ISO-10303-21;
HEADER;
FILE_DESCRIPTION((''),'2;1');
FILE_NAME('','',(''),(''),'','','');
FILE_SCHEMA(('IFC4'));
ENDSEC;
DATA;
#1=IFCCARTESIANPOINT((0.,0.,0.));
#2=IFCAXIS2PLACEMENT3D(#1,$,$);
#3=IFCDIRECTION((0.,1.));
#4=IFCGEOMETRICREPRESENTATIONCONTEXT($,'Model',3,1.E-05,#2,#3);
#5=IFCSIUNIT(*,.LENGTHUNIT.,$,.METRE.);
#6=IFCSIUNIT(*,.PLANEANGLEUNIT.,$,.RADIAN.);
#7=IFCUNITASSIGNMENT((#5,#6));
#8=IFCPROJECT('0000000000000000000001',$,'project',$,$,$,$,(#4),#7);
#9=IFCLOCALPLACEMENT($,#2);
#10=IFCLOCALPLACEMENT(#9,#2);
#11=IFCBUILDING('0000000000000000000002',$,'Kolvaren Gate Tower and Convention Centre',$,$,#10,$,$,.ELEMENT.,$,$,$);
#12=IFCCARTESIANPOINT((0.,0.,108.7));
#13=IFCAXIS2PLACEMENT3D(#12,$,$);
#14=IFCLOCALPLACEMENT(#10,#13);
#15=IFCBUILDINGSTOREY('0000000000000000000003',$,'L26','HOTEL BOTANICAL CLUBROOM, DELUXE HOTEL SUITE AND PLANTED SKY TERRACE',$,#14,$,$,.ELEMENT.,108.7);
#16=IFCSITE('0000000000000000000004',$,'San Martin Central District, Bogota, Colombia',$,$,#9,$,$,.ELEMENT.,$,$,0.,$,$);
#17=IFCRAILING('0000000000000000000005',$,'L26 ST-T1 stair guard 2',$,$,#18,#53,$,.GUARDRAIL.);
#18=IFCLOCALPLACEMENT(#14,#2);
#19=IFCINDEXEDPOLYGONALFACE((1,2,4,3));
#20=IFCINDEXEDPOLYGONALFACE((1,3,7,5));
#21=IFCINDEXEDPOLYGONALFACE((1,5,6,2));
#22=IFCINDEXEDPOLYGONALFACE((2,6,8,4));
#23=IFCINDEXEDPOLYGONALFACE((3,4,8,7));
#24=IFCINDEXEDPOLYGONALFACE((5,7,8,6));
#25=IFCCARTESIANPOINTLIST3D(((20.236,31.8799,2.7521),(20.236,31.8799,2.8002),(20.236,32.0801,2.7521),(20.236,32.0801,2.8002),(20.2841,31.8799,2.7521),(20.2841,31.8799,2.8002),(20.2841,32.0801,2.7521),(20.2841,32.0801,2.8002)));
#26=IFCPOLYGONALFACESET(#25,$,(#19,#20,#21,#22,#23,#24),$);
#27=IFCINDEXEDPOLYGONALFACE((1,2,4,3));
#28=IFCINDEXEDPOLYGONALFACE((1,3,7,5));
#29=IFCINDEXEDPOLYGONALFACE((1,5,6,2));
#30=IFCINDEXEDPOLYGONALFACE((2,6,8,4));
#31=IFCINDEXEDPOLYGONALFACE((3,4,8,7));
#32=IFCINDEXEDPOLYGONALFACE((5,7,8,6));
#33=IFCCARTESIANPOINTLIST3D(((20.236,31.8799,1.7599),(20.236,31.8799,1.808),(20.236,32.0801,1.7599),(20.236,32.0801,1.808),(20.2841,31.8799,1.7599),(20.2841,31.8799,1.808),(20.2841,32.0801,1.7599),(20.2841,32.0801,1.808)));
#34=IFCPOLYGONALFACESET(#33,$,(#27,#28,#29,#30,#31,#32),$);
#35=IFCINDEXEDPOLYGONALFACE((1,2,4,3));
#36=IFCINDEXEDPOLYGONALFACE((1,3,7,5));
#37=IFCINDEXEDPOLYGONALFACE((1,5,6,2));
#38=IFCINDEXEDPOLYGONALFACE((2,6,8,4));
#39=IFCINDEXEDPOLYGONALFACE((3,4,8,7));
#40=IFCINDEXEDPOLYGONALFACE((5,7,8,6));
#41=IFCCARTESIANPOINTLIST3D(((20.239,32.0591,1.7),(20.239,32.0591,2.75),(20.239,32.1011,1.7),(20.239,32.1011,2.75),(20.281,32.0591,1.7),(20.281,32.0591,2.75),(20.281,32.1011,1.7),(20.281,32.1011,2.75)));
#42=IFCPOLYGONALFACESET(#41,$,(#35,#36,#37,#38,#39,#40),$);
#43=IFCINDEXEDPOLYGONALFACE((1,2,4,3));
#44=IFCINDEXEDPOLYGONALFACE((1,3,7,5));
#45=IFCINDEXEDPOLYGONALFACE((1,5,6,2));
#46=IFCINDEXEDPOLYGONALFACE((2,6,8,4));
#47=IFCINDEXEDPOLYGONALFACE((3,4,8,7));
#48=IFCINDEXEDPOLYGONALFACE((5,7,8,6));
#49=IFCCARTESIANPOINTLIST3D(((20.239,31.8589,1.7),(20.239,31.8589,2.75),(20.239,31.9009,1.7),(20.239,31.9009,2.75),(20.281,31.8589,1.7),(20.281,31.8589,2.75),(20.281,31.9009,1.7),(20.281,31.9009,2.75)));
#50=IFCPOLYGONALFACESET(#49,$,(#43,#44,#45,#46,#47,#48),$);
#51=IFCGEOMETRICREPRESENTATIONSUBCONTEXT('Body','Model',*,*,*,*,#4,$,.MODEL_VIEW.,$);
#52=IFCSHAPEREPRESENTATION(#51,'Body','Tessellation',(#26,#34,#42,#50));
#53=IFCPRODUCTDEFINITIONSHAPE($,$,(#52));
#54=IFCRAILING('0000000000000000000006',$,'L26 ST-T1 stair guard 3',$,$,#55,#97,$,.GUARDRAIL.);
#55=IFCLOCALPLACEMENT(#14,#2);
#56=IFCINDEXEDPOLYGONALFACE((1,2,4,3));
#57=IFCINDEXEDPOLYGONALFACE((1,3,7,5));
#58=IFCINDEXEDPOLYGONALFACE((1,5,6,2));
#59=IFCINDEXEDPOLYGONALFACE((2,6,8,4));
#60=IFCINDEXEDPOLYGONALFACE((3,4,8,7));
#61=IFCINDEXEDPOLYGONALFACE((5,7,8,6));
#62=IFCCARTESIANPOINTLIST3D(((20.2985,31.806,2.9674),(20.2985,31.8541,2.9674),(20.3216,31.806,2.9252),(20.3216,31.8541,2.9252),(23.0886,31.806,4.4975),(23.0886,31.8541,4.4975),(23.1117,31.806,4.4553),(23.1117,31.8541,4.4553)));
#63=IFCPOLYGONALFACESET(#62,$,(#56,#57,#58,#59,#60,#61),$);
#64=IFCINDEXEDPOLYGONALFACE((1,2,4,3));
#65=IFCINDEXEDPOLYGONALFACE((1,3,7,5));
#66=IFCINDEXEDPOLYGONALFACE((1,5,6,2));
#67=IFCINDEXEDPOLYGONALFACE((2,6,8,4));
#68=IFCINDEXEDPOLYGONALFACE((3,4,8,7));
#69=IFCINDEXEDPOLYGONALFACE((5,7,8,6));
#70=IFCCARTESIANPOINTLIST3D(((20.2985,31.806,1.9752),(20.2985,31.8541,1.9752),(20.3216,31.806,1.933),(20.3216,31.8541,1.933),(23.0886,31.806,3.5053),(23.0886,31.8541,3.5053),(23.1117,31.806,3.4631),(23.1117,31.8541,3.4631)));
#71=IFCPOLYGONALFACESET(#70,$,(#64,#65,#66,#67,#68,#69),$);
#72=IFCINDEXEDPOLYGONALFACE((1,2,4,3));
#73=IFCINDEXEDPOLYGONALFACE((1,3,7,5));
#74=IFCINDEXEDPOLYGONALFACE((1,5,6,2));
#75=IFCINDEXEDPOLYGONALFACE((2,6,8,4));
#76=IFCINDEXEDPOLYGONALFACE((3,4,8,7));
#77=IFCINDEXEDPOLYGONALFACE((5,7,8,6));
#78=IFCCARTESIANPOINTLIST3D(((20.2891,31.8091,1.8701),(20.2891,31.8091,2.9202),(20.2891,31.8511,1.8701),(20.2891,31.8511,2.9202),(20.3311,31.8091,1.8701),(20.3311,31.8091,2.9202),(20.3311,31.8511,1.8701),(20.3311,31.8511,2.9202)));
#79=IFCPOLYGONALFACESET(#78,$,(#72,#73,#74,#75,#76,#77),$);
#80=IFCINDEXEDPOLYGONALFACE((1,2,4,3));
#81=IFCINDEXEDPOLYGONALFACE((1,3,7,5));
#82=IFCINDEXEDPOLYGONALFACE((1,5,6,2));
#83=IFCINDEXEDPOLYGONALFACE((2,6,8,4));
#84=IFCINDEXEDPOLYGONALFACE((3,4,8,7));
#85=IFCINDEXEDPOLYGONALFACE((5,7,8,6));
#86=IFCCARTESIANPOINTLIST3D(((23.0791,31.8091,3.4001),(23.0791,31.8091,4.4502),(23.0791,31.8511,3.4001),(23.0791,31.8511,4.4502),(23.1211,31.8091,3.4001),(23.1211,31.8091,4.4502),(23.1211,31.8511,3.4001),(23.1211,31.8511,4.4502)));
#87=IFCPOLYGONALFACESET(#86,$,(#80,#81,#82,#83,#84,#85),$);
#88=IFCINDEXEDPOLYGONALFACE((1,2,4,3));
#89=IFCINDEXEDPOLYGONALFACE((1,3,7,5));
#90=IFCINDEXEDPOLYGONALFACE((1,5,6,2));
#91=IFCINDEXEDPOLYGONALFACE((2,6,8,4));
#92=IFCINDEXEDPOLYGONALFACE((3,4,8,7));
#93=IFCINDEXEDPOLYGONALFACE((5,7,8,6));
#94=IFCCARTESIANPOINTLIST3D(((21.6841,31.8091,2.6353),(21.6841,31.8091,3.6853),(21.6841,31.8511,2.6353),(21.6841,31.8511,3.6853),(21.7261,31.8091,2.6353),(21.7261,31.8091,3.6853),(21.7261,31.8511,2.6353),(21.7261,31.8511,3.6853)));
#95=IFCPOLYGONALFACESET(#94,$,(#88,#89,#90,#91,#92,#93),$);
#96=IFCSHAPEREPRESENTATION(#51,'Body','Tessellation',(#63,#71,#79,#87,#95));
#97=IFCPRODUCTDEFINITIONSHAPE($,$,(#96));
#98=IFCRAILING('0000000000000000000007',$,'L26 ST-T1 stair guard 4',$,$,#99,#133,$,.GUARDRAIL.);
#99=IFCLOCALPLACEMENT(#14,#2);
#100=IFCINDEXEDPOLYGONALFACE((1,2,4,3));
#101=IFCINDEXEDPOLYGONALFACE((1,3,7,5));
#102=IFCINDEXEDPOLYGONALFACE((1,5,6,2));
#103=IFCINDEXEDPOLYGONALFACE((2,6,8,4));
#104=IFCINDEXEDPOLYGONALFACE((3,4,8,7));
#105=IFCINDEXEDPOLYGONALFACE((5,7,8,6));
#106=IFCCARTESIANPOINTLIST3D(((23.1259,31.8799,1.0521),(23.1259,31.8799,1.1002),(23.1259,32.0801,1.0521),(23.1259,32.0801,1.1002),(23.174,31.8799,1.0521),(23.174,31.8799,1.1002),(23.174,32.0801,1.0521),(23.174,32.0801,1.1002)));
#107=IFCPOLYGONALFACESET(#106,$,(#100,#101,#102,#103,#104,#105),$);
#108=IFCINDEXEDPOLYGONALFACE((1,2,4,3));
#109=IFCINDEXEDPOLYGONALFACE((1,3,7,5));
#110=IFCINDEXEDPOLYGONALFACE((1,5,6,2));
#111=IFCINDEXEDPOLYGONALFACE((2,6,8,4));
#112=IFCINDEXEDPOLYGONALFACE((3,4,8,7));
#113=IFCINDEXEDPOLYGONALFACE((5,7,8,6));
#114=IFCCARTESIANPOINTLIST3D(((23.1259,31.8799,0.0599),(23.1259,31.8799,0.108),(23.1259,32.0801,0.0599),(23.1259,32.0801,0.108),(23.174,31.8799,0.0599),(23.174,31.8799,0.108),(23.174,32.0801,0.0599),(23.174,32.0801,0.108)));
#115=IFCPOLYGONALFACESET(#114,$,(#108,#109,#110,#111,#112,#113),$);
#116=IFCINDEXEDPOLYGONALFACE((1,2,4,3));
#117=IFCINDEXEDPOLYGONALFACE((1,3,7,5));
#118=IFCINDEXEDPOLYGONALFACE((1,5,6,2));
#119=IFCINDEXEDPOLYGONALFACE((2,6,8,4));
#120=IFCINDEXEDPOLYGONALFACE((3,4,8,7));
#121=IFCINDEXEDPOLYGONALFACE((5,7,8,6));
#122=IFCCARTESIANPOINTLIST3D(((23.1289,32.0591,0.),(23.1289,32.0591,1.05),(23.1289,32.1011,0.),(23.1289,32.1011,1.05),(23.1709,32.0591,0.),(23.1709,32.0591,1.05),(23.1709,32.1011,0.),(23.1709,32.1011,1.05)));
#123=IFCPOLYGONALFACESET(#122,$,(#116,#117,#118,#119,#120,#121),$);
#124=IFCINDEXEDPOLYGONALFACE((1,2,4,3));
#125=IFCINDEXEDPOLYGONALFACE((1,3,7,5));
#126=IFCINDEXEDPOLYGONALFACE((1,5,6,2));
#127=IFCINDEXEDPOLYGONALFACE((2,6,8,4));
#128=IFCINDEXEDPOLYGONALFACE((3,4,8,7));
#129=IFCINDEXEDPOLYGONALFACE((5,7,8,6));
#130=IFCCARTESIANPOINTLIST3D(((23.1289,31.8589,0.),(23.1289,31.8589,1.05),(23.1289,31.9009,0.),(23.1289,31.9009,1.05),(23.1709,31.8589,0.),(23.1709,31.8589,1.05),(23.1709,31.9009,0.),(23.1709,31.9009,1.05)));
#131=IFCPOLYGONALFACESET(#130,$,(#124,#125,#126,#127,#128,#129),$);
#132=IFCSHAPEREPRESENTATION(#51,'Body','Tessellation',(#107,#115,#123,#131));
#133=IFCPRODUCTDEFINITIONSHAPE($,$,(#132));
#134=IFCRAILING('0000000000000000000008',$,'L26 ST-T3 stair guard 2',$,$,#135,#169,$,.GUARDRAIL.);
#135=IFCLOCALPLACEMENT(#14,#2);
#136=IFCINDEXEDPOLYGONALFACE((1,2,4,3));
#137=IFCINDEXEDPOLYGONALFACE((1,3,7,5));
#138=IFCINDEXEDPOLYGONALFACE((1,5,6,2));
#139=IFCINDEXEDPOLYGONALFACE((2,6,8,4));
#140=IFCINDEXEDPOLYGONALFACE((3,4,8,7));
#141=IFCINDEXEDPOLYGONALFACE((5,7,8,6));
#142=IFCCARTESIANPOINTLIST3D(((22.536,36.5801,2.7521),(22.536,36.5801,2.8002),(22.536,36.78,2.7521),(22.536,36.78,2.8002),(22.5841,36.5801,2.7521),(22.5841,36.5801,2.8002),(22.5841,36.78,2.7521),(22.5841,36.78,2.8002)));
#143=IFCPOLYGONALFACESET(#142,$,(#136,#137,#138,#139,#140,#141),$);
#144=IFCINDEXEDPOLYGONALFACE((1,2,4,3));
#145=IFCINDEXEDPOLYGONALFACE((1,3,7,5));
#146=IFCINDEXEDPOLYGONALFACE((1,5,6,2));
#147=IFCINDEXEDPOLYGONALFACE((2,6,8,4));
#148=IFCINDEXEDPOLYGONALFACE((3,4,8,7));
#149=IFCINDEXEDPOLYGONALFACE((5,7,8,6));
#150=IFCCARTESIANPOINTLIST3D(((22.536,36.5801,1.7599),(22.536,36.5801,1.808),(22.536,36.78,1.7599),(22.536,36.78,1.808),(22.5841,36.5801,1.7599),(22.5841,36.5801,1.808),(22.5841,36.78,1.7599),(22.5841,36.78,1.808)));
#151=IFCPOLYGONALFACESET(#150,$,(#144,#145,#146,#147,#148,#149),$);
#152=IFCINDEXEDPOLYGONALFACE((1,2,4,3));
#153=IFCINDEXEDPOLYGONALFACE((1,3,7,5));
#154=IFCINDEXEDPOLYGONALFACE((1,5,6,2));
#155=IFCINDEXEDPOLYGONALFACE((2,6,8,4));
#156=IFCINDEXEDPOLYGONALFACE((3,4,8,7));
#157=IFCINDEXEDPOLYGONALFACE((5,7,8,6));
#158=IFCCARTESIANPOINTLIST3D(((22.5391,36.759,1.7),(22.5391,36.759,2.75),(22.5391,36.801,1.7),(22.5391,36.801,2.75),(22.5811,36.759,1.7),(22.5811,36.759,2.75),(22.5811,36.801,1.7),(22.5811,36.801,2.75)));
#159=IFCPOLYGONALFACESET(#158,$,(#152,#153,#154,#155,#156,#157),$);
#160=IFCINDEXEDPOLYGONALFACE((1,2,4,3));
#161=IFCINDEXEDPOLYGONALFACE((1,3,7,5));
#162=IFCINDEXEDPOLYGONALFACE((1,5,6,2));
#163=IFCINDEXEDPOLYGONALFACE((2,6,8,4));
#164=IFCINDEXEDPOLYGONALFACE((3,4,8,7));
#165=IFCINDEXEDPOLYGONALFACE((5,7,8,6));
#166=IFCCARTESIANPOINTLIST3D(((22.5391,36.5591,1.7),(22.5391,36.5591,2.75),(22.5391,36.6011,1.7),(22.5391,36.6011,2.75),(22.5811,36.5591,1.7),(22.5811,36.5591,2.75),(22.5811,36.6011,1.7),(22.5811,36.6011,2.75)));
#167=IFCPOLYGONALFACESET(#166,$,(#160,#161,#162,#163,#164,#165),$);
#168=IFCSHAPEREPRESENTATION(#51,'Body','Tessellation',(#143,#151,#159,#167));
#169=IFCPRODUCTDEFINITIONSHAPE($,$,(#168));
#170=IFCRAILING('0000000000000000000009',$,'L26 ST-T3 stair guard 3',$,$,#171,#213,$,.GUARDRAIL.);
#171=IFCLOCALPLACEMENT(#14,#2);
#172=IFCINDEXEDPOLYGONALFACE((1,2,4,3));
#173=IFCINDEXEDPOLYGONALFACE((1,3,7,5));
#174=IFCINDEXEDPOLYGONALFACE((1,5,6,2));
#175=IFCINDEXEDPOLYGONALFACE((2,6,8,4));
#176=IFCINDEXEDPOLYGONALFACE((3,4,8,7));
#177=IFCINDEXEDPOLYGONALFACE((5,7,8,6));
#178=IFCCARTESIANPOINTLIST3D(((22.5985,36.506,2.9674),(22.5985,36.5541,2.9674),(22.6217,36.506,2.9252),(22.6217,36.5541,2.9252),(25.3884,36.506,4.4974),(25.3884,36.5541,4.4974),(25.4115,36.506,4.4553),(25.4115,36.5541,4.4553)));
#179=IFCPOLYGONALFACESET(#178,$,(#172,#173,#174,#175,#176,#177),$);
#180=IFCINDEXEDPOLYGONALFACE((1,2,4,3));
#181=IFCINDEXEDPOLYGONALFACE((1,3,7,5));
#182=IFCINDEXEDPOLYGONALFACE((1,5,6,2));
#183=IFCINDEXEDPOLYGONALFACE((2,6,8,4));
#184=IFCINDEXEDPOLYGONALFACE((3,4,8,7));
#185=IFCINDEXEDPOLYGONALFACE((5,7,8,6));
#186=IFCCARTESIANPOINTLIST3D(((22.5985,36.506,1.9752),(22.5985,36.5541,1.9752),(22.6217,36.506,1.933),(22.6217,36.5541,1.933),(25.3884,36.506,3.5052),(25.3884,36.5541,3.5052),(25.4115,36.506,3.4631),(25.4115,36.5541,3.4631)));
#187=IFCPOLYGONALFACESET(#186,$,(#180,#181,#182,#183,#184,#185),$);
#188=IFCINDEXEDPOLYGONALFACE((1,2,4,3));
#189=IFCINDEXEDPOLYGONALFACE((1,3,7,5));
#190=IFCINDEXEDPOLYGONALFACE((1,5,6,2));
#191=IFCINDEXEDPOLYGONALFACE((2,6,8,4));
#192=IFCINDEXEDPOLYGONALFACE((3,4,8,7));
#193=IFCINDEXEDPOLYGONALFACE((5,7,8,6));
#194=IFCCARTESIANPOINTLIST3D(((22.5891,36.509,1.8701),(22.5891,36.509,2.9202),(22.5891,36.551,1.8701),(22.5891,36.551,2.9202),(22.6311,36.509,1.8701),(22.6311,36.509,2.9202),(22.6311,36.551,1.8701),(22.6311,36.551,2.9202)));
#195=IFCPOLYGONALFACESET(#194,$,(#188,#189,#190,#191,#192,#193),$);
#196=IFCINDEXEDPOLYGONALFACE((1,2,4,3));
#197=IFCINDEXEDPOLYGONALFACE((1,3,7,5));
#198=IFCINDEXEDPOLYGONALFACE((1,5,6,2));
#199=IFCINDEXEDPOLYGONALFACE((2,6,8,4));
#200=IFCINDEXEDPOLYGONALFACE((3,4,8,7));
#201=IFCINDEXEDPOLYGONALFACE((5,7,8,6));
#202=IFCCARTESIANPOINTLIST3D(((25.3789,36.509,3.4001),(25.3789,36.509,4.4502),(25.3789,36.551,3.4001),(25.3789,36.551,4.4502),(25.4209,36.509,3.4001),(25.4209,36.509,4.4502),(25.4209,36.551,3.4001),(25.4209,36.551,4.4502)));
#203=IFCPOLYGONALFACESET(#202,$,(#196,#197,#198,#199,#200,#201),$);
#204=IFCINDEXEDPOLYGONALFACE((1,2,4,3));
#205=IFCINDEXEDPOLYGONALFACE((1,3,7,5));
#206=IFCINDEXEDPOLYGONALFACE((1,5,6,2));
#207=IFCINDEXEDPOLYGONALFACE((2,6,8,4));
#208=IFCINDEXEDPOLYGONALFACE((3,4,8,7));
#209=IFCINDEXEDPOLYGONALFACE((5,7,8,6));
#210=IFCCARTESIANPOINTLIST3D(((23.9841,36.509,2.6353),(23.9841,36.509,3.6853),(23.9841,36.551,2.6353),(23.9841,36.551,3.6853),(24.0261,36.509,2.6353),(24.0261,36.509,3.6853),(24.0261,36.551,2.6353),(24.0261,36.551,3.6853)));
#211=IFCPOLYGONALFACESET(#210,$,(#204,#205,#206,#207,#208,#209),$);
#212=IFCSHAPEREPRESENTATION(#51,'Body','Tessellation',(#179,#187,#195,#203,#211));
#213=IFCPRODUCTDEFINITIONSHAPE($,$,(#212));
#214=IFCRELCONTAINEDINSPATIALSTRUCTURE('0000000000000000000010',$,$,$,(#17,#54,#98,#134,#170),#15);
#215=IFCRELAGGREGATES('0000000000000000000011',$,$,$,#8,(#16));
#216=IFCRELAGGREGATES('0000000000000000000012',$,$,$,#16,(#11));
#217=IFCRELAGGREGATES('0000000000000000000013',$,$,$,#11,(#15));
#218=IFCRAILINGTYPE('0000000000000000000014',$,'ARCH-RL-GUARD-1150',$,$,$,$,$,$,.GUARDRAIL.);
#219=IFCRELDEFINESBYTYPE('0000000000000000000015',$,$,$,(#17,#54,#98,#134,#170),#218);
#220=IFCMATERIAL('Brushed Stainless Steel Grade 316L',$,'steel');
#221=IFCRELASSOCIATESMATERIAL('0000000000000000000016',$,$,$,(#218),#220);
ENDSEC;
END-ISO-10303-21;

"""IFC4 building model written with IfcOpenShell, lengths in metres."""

from ifc_helpers import new_model, si_unit, direction, frame, origin, origin_2d, place, context, subcontext, project, spatial, rectangle, extrude, material, type_object, element, save


model = new_model("IFC4")

# Units and contexts
model_context = context("Model", 3, precision=1e-05, world=origin(), true_north=direction((0.0, 1.0)))
body_context = subcontext(model_context, "Body", "Model", "MODEL_VIEW")
ifc_project = project(units=[si_unit("LENGTHUNIT", "METRE"), si_unit("PLANEANGLEUNIT", "RADIAN")], contexts=[model_context])

# Site, building, storey
site_placement = place(None, origin())
site = spatial("IfcSite", under=ifc_project, at=site_placement, Name="San Martin Central District, Bogota, Colombia", CompositionType="ELEMENT", RefElevation=0.0)
building_placement = place(site_placement, origin())
building = spatial("IfcBuilding", under=site, at=building_placement, Name="Kolvaren Gate Tower and Convention Centre", CompositionType="ELEMENT")
storey_placement = place(building_placement, frame((0.0, 0.0, 108.7)))
storey = spatial("IfcBuildingStorey", under=building, at=storey_placement, Name="L26", Description="HOTEL BOTANICAL CLUBROOM, DELUXE HOTEL SUITE AND PLANTED SKY TERRACE", CompositionType="ELEMENT", Elevation=108.7)

# Railings
ifc_material_1 = material(Name="Brushed Stainless Steel Grade 316L", Category="steel")
railing_type_1 = type_object("IfcRailingType", Name="ARCH-RL-GUARD-1150", PredefinedType="GUARDRAIL", material=ifc_material_1)
railing_1_placement = place(storey_placement, frame((20.26, 32.0801, 1.7)))
element("IfcRailing", 1, at=railing_1_placement, inside=storey, type_object=railing_type_1, Name="L26 ST-T1 stair guard 2", PredefinedType="GUARDRAIL", context=body_context, shape_type="SweptSolid", body=[
    extrude(rectangle(XDim=0.0481, YDim=0.0481, at=origin_2d()), frame((0.0, 0.0, 1.0762), z_axis=(0.0, -1.0, 0.0), x_axis=(1.0, 0.0, 0.0)), (0.0, 0.0, 1.0), 0.2002),
    extrude(rectangle(XDim=0.0481, YDim=0.0481, at=origin_2d()), frame((0.0, 0.0, 0.084), z_axis=(0.0, -1.0, 0.0), x_axis=(1.0, 0.0, 0.0)), (0.0, 0.0, 1.0), 0.2002),
    extrude(rectangle(XDim=0.042, YDim=0.042, at=origin_2d()), origin(), (0.0, 0.0, 1.0), 1.05),
    extrude(rectangle(XDim=0.042, YDim=0.042, at=origin_2d()), frame((0.0, -0.2002, 0.0)), (0.0, 0.0, 1.0), 1.05),
])
railing_2_placement = place(storey_placement, frame((20.3101, 31.8301, 1.8701)))
element("IfcRailing", 2, at=railing_2_placement, inside=storey, type_object=railing_type_1, Name="L26 ST-T1 stair guard 3", PredefinedType="GUARDRAIL", context=body_context, shape_type="SweptSolid", body=[
    extrude(rectangle(XDim=0.0481, YDim=0.0481, at=origin_2d()), frame((0.0, 0.0, 1.0762), z_axis=(0.876811, 0.0, 0.480835), x_axis=(0.0, 1.0, 0.0)), (0.0, 0.0, 1.0), 3.1821),
    extrude(rectangle(XDim=0.0481, YDim=0.0481, at=origin_2d()), frame((0.0, 0.0, 0.084), z_axis=(0.876811, 0.0, 0.480835), x_axis=(0.0, 1.0, 0.0)), (0.0, 0.0, 1.0), 3.1821),
    extrude(rectangle(XDim=0.042, YDim=0.042, at=origin_2d()), origin(), (0.0, 0.0, 1.0), 1.05),
    extrude(rectangle(XDim=0.042, YDim=0.042, at=origin_2d()), frame((2.79, 0.0, 1.53)), (0.0, 0.0, 1.0), 1.05),
    extrude(rectangle(XDim=0.042, YDim=0.042, at=origin_2d()), frame((1.395, 0.0, 0.7651)), (0.0, 0.0, 1.0), 1.05),
])
railing_3_placement = place(storey_placement, frame((23.1499, 32.0801, 0.0)))
element("IfcRailing", 3, at=railing_3_placement, inside=storey, type_object=railing_type_1, Name="L26 ST-T1 stair guard 4", PredefinedType="GUARDRAIL", context=body_context, shape_type="SweptSolid", body=[
    extrude(rectangle(XDim=0.0481, YDim=0.0481, at=origin_2d()), frame((0.0, 0.0, 1.0762), z_axis=(0.0, -1.0, 0.0), x_axis=(1.0, 0.0, 0.0)), (0.0, 0.0, 1.0), 0.2002),
    extrude(rectangle(XDim=0.0481, YDim=0.0481, at=origin_2d()), frame((0.0, 0.0, 0.084), z_axis=(0.0, -1.0, 0.0), x_axis=(1.0, 0.0, 0.0)), (0.0, 0.0, 1.0), 0.2002),
    extrude(rectangle(XDim=0.042, YDim=0.042, at=origin_2d()), origin(), (0.0, 0.0, 1.0), 1.05),
    extrude(rectangle(XDim=0.042, YDim=0.042, at=origin_2d()), frame((0.0, -0.2002, 0.0)), (0.0, 0.0, 1.0), 1.05),
])
railing_4_placement = place(storey_placement, frame((22.5601, 36.78, 1.7)))
element("IfcRailing", 4, at=railing_4_placement, inside=storey, type_object=railing_type_1, Name="L26 ST-T3 stair guard 2", PredefinedType="GUARDRAIL", context=body_context, shape_type="SweptSolid", body=[
    extrude(rectangle(XDim=0.0481, YDim=0.0481, at=origin_2d()), frame((0.0, 0.0, 1.0762), z_axis=(0.0, -1.0, 0.0), x_axis=(1.0, 0.0, 0.0)), (0.0, 0.0, 1.0), 0.2),
    extrude(rectangle(XDim=0.0481, YDim=0.0481, at=origin_2d()), frame((0.0, 0.0, 0.084), z_axis=(0.0, -1.0, 0.0), x_axis=(1.0, 0.0, 0.0)), (0.0, 0.0, 1.0), 0.2),
    extrude(rectangle(XDim=0.042, YDim=0.042, at=origin_2d()), origin(), (0.0, 0.0, 1.0), 1.05),
    extrude(rectangle(XDim=0.042, YDim=0.042, at=origin_2d()), frame((0.0, -0.2, 0.0)), (0.0, 0.0, 1.0), 1.05),
])
railing_5_placement = place(storey_placement, frame((22.6101, 36.53, 1.8701)))
element("IfcRailing", 5, at=railing_5_placement, inside=storey, type_object=railing_type_1, Name="L26 ST-T3 stair guard 3", PredefinedType="GUARDRAIL", context=body_context, shape_type="SweptSolid", body=[
    extrude(rectangle(XDim=0.0481, YDim=0.0481, at=origin_2d()), frame((0.0, 0.0, 1.0762), z_axis=(0.876794, 0.0, 0.480867), x_axis=(0.0, 1.0, 0.0)), (0.0, 0.0, 1.0), 3.1819),
    extrude(rectangle(XDim=0.0481, YDim=0.0481, at=origin_2d()), frame((0.0, 0.0, 0.084), z_axis=(0.876794, 0.0, 0.480867), x_axis=(0.0, 1.0, 0.0)), (0.0, 0.0, 1.0), 3.1819),
    extrude(rectangle(XDim=0.042, YDim=0.042, at=origin_2d()), origin(), (0.0, 0.0, 1.0), 1.05),
    extrude(rectangle(XDim=0.042, YDim=0.042, at=origin_2d()), frame((2.7898, 0.0, 1.53)), (0.0, 0.0, 1.0), 1.05),
    extrude(rectangle(XDim=0.042, YDim=0.042, at=origin_2d()), frame((1.395, 0.0, 0.7651)), (0.0, 0.0, 1.0), 1.05),
])

save(model, "model.ifc")
